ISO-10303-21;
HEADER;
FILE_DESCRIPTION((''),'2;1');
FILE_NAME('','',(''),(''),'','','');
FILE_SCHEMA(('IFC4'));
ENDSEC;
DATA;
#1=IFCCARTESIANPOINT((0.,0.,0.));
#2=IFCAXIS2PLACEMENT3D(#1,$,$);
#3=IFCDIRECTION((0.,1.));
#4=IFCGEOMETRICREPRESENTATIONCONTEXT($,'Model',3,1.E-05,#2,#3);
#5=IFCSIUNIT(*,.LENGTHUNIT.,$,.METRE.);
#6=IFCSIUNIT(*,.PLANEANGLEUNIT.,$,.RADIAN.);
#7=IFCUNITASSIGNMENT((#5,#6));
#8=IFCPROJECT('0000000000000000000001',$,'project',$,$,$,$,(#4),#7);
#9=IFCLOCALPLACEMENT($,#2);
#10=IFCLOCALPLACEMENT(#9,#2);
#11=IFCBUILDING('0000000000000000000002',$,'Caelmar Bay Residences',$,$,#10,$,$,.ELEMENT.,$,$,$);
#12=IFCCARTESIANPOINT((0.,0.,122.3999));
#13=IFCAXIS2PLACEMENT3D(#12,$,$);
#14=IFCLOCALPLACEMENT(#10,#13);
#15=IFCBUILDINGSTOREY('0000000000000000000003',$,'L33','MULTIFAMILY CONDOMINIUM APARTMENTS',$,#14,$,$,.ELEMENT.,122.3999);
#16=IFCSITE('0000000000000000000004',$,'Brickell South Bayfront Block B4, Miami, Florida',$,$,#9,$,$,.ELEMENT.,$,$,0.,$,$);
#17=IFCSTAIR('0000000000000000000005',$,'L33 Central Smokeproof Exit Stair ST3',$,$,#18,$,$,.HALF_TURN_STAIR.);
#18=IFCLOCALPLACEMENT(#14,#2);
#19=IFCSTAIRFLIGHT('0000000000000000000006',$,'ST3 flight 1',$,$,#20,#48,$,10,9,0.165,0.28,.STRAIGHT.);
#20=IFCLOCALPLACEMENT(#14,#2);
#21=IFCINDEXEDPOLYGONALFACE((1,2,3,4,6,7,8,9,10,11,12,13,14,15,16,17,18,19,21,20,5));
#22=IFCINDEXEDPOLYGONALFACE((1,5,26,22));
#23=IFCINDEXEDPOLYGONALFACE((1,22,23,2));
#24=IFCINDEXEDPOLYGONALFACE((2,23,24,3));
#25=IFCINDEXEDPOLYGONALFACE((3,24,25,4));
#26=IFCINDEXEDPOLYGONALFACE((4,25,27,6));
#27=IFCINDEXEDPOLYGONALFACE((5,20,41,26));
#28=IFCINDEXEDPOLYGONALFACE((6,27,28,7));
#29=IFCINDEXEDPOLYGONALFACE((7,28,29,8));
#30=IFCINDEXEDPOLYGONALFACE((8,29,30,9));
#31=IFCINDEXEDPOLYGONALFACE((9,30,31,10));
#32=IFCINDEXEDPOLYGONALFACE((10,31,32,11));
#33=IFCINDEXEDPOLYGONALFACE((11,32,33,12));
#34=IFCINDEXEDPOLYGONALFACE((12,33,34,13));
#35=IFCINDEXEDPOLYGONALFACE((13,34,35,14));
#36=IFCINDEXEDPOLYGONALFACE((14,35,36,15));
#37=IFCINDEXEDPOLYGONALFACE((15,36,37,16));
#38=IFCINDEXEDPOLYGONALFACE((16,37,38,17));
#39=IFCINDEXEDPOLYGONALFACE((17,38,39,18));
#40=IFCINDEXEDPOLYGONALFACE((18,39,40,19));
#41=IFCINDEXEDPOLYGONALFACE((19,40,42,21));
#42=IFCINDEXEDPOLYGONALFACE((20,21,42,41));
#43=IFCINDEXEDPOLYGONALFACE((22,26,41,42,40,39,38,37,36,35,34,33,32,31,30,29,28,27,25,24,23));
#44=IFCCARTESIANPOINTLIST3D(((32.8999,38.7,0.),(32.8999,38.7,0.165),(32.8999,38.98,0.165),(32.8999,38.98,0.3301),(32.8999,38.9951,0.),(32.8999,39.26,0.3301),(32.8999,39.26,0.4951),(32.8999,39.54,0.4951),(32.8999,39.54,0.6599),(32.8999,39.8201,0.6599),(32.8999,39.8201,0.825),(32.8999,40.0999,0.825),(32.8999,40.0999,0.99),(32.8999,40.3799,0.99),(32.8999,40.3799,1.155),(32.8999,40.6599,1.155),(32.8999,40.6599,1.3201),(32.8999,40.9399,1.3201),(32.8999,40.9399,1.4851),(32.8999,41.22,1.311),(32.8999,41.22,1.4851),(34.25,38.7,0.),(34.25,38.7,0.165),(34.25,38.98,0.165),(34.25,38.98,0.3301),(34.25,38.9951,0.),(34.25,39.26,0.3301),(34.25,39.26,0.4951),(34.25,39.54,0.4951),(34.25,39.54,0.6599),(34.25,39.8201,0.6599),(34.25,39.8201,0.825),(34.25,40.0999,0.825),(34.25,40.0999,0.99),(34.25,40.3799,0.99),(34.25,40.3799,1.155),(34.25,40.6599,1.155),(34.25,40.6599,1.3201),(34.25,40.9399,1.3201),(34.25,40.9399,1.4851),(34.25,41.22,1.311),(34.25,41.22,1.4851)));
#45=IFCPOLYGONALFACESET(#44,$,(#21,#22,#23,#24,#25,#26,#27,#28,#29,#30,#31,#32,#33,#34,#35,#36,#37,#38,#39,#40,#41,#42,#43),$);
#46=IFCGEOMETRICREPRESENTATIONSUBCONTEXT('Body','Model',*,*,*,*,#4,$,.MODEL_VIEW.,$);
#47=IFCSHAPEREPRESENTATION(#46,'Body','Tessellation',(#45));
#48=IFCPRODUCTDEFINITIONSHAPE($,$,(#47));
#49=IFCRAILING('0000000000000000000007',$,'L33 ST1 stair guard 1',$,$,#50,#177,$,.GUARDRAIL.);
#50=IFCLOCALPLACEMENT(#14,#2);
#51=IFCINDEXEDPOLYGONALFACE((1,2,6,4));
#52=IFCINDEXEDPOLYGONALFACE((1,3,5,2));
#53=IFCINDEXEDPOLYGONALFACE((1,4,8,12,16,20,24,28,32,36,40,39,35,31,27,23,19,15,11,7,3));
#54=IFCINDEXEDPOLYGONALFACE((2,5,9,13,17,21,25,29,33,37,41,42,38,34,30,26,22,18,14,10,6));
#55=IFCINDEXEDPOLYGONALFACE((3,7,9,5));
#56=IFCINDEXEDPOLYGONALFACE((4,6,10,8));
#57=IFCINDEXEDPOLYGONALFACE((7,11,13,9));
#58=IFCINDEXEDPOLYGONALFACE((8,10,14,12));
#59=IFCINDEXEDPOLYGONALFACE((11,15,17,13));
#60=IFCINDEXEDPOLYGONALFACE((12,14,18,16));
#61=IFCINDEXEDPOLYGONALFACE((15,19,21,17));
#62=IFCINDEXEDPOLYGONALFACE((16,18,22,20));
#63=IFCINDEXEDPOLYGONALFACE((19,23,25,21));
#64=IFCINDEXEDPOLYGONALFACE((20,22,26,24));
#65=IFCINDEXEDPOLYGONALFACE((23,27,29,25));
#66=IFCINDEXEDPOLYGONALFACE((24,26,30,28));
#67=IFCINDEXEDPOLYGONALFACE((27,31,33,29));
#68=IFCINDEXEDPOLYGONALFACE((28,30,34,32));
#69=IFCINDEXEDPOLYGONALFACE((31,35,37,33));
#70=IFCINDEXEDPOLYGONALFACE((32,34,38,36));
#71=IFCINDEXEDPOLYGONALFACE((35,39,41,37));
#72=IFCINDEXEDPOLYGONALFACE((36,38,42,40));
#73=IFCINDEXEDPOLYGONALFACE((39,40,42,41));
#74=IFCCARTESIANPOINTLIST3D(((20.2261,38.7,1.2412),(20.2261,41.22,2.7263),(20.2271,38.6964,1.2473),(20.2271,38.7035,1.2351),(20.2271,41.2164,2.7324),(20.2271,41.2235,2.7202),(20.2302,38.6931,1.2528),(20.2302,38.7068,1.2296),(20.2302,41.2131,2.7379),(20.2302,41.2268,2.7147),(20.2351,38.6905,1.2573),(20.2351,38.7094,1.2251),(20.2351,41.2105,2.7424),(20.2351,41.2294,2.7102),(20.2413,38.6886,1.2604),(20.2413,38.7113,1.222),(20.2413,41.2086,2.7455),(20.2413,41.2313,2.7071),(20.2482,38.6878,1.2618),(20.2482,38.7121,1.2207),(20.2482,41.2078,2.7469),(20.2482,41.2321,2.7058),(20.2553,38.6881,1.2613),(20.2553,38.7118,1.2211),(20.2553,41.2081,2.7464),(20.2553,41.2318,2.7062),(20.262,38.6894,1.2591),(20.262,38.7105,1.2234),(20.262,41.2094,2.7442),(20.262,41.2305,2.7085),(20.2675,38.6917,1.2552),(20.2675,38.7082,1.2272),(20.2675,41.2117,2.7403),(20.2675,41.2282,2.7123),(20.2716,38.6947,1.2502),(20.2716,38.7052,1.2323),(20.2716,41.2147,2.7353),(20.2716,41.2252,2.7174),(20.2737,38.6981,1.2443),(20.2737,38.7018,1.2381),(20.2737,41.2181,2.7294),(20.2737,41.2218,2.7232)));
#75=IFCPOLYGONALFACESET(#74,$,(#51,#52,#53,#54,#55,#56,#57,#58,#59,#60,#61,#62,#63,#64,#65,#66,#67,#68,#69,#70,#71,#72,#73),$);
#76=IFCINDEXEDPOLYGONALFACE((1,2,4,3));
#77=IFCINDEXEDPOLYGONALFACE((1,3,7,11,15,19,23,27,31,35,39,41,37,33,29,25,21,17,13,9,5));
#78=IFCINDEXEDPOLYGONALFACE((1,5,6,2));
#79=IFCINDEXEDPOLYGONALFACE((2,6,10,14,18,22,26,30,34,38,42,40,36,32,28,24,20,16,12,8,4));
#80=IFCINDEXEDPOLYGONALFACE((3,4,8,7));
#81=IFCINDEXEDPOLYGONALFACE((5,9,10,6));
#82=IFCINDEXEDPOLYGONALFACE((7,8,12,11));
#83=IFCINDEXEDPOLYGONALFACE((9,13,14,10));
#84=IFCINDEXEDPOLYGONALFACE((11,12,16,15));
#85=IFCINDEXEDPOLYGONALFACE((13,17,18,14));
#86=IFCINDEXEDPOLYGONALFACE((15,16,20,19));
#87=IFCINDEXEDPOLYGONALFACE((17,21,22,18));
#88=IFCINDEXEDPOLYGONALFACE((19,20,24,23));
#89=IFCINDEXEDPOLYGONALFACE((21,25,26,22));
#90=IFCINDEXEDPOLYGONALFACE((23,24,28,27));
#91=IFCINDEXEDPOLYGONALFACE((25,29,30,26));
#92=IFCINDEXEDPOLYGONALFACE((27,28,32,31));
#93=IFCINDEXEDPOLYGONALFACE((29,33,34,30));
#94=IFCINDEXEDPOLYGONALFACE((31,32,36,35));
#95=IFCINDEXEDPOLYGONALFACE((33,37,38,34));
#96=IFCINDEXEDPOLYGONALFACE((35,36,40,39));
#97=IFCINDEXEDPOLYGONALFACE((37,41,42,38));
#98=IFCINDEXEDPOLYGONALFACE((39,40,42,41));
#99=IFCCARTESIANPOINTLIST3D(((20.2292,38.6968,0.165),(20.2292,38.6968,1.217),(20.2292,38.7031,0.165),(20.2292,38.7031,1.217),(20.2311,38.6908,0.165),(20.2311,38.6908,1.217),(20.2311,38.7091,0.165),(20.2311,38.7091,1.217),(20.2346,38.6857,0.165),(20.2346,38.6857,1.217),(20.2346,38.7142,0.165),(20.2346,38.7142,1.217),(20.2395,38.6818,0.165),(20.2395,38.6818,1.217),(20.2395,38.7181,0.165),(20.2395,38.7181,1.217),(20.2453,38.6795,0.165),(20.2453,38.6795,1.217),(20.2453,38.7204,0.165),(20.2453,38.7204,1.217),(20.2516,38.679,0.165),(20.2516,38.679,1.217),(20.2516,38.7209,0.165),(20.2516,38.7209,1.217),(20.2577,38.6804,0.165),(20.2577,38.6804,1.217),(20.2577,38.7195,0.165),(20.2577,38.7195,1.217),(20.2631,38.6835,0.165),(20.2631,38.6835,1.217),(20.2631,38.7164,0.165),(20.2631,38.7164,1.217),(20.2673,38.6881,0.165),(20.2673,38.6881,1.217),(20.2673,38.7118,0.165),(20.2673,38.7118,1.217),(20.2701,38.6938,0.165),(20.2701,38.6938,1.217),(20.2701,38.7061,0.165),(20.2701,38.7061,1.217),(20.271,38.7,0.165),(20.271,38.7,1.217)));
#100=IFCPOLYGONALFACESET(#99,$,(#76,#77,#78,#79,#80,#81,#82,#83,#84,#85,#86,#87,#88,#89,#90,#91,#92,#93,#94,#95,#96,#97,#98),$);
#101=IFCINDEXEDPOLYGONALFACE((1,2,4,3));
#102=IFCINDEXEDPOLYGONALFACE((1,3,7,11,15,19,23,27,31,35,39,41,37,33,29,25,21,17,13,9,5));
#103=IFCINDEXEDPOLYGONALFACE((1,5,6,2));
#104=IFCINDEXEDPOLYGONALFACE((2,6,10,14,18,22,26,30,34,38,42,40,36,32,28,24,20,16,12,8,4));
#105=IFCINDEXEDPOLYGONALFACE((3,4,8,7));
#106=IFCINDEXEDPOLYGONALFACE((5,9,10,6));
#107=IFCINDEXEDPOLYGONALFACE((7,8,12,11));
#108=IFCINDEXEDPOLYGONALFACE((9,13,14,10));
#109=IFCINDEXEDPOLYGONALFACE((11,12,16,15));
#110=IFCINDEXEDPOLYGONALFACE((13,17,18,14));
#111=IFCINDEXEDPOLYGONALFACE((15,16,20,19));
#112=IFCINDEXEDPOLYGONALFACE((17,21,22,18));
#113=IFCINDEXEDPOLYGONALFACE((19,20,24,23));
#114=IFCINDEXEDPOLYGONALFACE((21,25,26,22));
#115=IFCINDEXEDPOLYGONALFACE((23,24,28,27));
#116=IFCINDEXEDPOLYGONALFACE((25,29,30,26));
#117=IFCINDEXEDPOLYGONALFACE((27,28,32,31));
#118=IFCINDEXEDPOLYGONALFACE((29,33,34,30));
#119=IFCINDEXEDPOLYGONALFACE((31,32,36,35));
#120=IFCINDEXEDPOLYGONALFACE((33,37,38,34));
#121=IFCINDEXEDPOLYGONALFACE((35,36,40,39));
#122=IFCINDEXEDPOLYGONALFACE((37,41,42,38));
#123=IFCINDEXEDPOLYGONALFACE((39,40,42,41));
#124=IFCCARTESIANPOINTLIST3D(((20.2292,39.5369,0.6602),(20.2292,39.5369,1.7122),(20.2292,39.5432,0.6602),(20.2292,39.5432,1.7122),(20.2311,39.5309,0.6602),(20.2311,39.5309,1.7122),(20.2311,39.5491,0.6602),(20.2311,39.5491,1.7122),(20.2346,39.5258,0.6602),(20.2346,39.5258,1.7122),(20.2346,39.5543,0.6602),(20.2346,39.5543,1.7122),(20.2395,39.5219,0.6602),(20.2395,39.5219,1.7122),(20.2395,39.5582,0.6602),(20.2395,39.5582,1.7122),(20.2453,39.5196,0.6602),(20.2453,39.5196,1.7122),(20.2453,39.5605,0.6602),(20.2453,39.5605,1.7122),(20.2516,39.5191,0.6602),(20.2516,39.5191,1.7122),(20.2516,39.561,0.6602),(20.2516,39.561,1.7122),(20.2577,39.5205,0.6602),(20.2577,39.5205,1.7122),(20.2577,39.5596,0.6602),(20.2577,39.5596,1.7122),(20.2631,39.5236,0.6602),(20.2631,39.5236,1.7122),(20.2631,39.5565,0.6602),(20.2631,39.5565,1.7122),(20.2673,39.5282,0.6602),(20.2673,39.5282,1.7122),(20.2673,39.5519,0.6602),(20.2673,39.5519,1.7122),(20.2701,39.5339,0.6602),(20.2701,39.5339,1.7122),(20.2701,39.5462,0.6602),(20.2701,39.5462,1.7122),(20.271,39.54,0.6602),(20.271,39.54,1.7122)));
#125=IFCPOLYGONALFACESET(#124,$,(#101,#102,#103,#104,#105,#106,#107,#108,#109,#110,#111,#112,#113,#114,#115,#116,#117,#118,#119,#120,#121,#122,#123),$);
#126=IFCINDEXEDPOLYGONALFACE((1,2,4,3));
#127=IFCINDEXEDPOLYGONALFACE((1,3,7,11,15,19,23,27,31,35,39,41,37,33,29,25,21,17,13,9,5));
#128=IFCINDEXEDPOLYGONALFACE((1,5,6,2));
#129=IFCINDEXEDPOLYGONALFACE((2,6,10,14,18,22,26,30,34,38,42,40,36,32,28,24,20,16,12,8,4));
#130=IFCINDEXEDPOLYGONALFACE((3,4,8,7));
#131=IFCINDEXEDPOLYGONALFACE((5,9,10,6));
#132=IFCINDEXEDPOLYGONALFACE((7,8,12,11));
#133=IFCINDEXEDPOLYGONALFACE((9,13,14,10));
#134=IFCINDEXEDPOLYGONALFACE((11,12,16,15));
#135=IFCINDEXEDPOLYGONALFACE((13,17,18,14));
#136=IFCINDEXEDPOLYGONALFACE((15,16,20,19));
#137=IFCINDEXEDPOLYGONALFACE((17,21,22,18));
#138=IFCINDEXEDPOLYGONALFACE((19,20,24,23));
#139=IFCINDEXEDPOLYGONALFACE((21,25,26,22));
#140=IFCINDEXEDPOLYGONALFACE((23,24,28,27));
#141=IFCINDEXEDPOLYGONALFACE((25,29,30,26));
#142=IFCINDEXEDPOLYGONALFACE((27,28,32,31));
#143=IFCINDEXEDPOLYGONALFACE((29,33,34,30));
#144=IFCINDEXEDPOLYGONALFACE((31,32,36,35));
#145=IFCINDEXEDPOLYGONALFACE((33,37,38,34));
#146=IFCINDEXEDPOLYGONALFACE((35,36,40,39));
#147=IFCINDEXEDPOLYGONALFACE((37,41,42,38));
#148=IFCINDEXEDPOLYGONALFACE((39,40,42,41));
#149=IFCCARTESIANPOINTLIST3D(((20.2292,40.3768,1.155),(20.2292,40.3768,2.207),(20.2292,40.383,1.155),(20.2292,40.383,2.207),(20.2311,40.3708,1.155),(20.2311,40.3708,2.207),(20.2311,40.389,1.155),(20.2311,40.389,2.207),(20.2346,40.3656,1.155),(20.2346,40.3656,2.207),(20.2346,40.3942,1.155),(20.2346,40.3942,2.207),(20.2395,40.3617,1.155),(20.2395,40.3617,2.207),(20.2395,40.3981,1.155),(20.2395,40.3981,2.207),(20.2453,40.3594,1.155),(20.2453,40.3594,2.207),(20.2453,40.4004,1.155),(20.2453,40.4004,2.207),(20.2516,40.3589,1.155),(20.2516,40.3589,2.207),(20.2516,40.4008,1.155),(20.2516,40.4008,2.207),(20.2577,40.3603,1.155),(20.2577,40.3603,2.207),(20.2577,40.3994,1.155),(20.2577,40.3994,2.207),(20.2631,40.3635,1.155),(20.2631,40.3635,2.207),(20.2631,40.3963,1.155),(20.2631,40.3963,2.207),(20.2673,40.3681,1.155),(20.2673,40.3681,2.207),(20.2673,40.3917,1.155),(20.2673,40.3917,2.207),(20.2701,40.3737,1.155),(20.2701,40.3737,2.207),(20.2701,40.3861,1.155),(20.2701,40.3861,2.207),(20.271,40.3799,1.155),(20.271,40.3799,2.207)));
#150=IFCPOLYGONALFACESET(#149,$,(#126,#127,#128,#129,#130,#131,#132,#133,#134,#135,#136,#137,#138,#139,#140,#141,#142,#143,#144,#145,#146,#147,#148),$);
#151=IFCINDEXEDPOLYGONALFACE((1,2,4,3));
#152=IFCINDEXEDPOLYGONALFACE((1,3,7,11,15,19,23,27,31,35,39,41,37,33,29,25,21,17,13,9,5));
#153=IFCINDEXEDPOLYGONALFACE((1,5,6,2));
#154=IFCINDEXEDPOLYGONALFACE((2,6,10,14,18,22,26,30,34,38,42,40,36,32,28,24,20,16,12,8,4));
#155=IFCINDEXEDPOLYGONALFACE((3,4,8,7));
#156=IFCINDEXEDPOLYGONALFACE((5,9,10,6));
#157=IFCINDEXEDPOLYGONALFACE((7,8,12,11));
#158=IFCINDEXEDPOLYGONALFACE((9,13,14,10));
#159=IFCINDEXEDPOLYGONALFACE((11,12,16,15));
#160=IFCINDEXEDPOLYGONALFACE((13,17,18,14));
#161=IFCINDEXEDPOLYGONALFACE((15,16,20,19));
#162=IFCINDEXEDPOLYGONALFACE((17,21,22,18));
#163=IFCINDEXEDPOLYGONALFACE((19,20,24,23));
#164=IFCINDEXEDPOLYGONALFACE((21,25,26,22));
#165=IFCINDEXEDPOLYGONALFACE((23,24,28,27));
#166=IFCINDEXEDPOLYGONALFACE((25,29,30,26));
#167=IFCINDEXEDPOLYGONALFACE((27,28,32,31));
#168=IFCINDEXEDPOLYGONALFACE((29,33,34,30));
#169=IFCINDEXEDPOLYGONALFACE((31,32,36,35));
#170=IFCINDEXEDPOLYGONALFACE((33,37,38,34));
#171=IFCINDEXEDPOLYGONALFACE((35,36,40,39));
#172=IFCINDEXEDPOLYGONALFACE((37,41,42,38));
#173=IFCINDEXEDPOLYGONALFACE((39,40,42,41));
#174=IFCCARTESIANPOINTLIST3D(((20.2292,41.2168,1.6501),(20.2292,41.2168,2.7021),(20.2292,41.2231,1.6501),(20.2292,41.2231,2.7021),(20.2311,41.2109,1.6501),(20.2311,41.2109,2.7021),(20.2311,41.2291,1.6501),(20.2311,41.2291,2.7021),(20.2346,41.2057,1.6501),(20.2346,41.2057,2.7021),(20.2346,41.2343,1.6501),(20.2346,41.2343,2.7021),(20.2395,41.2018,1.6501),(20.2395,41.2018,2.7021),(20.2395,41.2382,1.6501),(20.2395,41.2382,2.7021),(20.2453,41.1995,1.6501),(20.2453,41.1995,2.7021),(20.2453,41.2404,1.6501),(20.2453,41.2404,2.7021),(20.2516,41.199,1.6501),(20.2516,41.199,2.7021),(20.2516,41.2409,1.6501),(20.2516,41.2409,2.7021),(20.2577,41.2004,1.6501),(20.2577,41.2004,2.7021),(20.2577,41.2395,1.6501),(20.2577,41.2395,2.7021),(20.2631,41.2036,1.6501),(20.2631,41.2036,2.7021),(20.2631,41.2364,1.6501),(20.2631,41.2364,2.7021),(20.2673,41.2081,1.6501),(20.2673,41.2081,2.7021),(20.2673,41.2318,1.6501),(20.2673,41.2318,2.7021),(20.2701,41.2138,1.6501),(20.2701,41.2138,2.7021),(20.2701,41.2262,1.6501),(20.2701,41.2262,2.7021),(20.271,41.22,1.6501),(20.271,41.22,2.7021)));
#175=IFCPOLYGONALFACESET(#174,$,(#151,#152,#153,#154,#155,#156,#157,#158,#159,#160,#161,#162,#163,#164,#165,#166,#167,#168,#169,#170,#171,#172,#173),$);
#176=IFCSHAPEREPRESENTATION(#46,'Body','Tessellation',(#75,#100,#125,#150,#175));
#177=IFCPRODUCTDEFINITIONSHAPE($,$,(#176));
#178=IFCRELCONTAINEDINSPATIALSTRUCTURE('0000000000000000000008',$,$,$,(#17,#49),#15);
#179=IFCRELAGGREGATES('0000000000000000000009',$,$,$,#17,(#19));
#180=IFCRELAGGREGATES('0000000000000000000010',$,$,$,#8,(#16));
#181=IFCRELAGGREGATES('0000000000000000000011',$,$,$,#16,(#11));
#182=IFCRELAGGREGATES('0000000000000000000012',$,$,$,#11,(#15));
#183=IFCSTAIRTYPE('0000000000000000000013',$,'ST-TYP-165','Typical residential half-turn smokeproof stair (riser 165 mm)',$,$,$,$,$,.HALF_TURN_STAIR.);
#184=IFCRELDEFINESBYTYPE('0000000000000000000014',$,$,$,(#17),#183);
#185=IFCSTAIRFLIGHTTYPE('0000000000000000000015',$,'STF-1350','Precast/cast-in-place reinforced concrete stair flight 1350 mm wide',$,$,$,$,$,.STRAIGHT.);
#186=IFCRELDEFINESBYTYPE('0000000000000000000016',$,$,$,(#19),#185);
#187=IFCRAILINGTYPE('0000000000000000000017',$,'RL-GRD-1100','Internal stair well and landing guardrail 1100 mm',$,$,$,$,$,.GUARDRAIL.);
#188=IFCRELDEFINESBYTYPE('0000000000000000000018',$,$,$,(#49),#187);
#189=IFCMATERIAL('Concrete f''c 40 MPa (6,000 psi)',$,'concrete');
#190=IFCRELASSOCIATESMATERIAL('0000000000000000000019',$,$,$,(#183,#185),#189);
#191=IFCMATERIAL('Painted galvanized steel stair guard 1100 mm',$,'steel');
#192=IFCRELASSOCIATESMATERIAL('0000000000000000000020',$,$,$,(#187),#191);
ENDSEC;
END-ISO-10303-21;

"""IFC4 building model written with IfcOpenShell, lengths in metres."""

from ifc_helpers import new_model, si_unit, direction, frame, origin, origin_2d, place, context, subcontext, project, spatial, polyline, circle, outline, extrude, material, type_object, element, aggregate, save


model = new_model("IFC4")

# Units and contexts
model_context = context("Model", 3, precision=1e-05, world=origin(), true_north=direction((0.0, 1.0)))
body_context = subcontext(model_context, "Body", "Model", "MODEL_VIEW")
ifc_project = project(units=[si_unit("LENGTHUNIT", "METRE"), si_unit("PLANEANGLEUNIT", "RADIAN")], contexts=[model_context])

# Site, building, storey
site_placement = place(None, origin())
site = spatial("IfcSite", under=ifc_project, at=site_placement, Name="Brickell South Bayfront Block B4, Miami, Florida", CompositionType="ELEMENT", RefElevation=0.0)
building_placement = place(site_placement, origin())
building = spatial("IfcBuilding", under=site, at=building_placement, Name="Caelmar Bay Residences", CompositionType="ELEMENT")
storey_placement = place(building_placement, frame((0.0, 0.0, 122.3999)))
storey = spatial("IfcBuildingStorey", under=building, at=storey_placement, Name="L33", Description="MULTIFAMILY CONDOMINIUM APARTMENTS", CompositionType="ELEMENT", Elevation=122.3999)

# Stair, stair flight
ifc_material_1 = material(Name="Concrete f'c 40 MPa (6,000 psi)", Category="concrete")
stair_type = type_object("IfcStairType", Name="ST-TYP-165", Description="Typical residential half-turn smokeproof stair (riser 165 mm)", PredefinedType="HALF_TURN_STAIR", material=ifc_material_1)
stair_flight_type = type_object("IfcStairFlightType", Name="STF-1350", Description="Precast/cast-in-place reinforced concrete stair flight 1350 mm wide", PredefinedType="STRAIGHT", material=ifc_material_1)
stair_1_placement = place(storey_placement, origin())
stair_1 = element("IfcStair", 1, at=stair_1_placement, inside=storey, type_object=stair_type, Name="L33 Central Smokeproof Exit Stair ST3", PredefinedType="HALF_TURN_STAIR")
stair_flight_1_placement = place(storey_placement, frame((33.575, 38.7, 0.0), z_axis=(0.0, 0.0, 1.0), x_axis=(0.0, 1.0, 0.0)))
stair_flight_1 = element("IfcStairFlight", 2, at=stair_flight_1_placement, type_object=stair_flight_type, Name="ST3 flight 1", NumberOfRisers=10, NumberOfTreads=9, PredefinedType="STRAIGHT", RiserHeight=0.165, TreadLength=0.28, context=body_context, shape_type="SweptSolid", body=[
    extrude(outline(polyline([(0.0, 0.0), (0.0, 0.165), (0.28, 0.165), (0.28, 0.3301), (0.5601, 0.3301), (0.5601, 0.4951), (0.8401, 0.4951), (0.8401, 0.6599), (1.1201, 0.6599), (1.1201, 0.825), (1.3999, 0.825), (1.3999, 0.99), (1.6799, 0.99), (1.6799, 1.155), (1.96, 1.155), (1.96, 1.3201), (2.24, 1.3201), (2.24, 1.4851), (2.52, 1.4851), (2.52, 1.6499), (2.52, 1.311), (0.2952, 0.0), (0.0, 0.0)])), frame((0.0, 0.675, 0.0), z_axis=(0.0, -1.0, 0.0), x_axis=(1.0, 0.0, 0.0)), (0.0, 0.0, 1.0), 1.3501),
])
aggregate(stair_1, [stair_flight_1])

# Railing
ifc_material_2 = material(Name="Painted galvanized steel stair guard 1100 mm", Category="steel")
railing_type_1 = type_object("IfcRailingType", Name="RL-GRD-1100", Description="Internal stair well and landing guardrail 1100 mm", PredefinedType="GUARDRAIL", material=ifc_material_2)
railing_1_placement = place(storey_placement, frame((20.25, 38.7, 0.165)))
element("IfcRailing", 3, at=railing_1_placement, inside=storey, type_object=railing_type_1, Name="L33 ST1 stair guard 1", PredefinedType="GUARDRAIL", context=body_context, shape_type="SweptSolid", body=[
    extrude(circle(Radius=0.0239, at=origin_2d()), frame((0.0, 0.0, 1.0762), z_axis=(0.0, 0.861524, 0.507717), x_axis=(-1.0, 0.0, 0.0)), (0.0, 0.0, 1.0), 2.925),
    extrude(circle(Radius=0.021, at=origin_2d()), origin(), (0.0, 0.0, 1.0), 1.052),
    extrude(circle(Radius=0.021, at=origin_2d()), frame((0.0, 0.8401, 0.4951)), (0.0, 0.0, 1.0), 1.052),
    extrude(circle(Radius=0.021, at=origin_2d()), frame((0.0, 1.6799, 0.99)), (0.0, 0.0, 1.0), 1.052),
    extrude(circle(Radius=0.021, at=origin_2d()), frame((0.0, 2.52, 1.4851)), (0.0, 0.0, 1.0), 1.052),
])

save(model, "model.ifc")
